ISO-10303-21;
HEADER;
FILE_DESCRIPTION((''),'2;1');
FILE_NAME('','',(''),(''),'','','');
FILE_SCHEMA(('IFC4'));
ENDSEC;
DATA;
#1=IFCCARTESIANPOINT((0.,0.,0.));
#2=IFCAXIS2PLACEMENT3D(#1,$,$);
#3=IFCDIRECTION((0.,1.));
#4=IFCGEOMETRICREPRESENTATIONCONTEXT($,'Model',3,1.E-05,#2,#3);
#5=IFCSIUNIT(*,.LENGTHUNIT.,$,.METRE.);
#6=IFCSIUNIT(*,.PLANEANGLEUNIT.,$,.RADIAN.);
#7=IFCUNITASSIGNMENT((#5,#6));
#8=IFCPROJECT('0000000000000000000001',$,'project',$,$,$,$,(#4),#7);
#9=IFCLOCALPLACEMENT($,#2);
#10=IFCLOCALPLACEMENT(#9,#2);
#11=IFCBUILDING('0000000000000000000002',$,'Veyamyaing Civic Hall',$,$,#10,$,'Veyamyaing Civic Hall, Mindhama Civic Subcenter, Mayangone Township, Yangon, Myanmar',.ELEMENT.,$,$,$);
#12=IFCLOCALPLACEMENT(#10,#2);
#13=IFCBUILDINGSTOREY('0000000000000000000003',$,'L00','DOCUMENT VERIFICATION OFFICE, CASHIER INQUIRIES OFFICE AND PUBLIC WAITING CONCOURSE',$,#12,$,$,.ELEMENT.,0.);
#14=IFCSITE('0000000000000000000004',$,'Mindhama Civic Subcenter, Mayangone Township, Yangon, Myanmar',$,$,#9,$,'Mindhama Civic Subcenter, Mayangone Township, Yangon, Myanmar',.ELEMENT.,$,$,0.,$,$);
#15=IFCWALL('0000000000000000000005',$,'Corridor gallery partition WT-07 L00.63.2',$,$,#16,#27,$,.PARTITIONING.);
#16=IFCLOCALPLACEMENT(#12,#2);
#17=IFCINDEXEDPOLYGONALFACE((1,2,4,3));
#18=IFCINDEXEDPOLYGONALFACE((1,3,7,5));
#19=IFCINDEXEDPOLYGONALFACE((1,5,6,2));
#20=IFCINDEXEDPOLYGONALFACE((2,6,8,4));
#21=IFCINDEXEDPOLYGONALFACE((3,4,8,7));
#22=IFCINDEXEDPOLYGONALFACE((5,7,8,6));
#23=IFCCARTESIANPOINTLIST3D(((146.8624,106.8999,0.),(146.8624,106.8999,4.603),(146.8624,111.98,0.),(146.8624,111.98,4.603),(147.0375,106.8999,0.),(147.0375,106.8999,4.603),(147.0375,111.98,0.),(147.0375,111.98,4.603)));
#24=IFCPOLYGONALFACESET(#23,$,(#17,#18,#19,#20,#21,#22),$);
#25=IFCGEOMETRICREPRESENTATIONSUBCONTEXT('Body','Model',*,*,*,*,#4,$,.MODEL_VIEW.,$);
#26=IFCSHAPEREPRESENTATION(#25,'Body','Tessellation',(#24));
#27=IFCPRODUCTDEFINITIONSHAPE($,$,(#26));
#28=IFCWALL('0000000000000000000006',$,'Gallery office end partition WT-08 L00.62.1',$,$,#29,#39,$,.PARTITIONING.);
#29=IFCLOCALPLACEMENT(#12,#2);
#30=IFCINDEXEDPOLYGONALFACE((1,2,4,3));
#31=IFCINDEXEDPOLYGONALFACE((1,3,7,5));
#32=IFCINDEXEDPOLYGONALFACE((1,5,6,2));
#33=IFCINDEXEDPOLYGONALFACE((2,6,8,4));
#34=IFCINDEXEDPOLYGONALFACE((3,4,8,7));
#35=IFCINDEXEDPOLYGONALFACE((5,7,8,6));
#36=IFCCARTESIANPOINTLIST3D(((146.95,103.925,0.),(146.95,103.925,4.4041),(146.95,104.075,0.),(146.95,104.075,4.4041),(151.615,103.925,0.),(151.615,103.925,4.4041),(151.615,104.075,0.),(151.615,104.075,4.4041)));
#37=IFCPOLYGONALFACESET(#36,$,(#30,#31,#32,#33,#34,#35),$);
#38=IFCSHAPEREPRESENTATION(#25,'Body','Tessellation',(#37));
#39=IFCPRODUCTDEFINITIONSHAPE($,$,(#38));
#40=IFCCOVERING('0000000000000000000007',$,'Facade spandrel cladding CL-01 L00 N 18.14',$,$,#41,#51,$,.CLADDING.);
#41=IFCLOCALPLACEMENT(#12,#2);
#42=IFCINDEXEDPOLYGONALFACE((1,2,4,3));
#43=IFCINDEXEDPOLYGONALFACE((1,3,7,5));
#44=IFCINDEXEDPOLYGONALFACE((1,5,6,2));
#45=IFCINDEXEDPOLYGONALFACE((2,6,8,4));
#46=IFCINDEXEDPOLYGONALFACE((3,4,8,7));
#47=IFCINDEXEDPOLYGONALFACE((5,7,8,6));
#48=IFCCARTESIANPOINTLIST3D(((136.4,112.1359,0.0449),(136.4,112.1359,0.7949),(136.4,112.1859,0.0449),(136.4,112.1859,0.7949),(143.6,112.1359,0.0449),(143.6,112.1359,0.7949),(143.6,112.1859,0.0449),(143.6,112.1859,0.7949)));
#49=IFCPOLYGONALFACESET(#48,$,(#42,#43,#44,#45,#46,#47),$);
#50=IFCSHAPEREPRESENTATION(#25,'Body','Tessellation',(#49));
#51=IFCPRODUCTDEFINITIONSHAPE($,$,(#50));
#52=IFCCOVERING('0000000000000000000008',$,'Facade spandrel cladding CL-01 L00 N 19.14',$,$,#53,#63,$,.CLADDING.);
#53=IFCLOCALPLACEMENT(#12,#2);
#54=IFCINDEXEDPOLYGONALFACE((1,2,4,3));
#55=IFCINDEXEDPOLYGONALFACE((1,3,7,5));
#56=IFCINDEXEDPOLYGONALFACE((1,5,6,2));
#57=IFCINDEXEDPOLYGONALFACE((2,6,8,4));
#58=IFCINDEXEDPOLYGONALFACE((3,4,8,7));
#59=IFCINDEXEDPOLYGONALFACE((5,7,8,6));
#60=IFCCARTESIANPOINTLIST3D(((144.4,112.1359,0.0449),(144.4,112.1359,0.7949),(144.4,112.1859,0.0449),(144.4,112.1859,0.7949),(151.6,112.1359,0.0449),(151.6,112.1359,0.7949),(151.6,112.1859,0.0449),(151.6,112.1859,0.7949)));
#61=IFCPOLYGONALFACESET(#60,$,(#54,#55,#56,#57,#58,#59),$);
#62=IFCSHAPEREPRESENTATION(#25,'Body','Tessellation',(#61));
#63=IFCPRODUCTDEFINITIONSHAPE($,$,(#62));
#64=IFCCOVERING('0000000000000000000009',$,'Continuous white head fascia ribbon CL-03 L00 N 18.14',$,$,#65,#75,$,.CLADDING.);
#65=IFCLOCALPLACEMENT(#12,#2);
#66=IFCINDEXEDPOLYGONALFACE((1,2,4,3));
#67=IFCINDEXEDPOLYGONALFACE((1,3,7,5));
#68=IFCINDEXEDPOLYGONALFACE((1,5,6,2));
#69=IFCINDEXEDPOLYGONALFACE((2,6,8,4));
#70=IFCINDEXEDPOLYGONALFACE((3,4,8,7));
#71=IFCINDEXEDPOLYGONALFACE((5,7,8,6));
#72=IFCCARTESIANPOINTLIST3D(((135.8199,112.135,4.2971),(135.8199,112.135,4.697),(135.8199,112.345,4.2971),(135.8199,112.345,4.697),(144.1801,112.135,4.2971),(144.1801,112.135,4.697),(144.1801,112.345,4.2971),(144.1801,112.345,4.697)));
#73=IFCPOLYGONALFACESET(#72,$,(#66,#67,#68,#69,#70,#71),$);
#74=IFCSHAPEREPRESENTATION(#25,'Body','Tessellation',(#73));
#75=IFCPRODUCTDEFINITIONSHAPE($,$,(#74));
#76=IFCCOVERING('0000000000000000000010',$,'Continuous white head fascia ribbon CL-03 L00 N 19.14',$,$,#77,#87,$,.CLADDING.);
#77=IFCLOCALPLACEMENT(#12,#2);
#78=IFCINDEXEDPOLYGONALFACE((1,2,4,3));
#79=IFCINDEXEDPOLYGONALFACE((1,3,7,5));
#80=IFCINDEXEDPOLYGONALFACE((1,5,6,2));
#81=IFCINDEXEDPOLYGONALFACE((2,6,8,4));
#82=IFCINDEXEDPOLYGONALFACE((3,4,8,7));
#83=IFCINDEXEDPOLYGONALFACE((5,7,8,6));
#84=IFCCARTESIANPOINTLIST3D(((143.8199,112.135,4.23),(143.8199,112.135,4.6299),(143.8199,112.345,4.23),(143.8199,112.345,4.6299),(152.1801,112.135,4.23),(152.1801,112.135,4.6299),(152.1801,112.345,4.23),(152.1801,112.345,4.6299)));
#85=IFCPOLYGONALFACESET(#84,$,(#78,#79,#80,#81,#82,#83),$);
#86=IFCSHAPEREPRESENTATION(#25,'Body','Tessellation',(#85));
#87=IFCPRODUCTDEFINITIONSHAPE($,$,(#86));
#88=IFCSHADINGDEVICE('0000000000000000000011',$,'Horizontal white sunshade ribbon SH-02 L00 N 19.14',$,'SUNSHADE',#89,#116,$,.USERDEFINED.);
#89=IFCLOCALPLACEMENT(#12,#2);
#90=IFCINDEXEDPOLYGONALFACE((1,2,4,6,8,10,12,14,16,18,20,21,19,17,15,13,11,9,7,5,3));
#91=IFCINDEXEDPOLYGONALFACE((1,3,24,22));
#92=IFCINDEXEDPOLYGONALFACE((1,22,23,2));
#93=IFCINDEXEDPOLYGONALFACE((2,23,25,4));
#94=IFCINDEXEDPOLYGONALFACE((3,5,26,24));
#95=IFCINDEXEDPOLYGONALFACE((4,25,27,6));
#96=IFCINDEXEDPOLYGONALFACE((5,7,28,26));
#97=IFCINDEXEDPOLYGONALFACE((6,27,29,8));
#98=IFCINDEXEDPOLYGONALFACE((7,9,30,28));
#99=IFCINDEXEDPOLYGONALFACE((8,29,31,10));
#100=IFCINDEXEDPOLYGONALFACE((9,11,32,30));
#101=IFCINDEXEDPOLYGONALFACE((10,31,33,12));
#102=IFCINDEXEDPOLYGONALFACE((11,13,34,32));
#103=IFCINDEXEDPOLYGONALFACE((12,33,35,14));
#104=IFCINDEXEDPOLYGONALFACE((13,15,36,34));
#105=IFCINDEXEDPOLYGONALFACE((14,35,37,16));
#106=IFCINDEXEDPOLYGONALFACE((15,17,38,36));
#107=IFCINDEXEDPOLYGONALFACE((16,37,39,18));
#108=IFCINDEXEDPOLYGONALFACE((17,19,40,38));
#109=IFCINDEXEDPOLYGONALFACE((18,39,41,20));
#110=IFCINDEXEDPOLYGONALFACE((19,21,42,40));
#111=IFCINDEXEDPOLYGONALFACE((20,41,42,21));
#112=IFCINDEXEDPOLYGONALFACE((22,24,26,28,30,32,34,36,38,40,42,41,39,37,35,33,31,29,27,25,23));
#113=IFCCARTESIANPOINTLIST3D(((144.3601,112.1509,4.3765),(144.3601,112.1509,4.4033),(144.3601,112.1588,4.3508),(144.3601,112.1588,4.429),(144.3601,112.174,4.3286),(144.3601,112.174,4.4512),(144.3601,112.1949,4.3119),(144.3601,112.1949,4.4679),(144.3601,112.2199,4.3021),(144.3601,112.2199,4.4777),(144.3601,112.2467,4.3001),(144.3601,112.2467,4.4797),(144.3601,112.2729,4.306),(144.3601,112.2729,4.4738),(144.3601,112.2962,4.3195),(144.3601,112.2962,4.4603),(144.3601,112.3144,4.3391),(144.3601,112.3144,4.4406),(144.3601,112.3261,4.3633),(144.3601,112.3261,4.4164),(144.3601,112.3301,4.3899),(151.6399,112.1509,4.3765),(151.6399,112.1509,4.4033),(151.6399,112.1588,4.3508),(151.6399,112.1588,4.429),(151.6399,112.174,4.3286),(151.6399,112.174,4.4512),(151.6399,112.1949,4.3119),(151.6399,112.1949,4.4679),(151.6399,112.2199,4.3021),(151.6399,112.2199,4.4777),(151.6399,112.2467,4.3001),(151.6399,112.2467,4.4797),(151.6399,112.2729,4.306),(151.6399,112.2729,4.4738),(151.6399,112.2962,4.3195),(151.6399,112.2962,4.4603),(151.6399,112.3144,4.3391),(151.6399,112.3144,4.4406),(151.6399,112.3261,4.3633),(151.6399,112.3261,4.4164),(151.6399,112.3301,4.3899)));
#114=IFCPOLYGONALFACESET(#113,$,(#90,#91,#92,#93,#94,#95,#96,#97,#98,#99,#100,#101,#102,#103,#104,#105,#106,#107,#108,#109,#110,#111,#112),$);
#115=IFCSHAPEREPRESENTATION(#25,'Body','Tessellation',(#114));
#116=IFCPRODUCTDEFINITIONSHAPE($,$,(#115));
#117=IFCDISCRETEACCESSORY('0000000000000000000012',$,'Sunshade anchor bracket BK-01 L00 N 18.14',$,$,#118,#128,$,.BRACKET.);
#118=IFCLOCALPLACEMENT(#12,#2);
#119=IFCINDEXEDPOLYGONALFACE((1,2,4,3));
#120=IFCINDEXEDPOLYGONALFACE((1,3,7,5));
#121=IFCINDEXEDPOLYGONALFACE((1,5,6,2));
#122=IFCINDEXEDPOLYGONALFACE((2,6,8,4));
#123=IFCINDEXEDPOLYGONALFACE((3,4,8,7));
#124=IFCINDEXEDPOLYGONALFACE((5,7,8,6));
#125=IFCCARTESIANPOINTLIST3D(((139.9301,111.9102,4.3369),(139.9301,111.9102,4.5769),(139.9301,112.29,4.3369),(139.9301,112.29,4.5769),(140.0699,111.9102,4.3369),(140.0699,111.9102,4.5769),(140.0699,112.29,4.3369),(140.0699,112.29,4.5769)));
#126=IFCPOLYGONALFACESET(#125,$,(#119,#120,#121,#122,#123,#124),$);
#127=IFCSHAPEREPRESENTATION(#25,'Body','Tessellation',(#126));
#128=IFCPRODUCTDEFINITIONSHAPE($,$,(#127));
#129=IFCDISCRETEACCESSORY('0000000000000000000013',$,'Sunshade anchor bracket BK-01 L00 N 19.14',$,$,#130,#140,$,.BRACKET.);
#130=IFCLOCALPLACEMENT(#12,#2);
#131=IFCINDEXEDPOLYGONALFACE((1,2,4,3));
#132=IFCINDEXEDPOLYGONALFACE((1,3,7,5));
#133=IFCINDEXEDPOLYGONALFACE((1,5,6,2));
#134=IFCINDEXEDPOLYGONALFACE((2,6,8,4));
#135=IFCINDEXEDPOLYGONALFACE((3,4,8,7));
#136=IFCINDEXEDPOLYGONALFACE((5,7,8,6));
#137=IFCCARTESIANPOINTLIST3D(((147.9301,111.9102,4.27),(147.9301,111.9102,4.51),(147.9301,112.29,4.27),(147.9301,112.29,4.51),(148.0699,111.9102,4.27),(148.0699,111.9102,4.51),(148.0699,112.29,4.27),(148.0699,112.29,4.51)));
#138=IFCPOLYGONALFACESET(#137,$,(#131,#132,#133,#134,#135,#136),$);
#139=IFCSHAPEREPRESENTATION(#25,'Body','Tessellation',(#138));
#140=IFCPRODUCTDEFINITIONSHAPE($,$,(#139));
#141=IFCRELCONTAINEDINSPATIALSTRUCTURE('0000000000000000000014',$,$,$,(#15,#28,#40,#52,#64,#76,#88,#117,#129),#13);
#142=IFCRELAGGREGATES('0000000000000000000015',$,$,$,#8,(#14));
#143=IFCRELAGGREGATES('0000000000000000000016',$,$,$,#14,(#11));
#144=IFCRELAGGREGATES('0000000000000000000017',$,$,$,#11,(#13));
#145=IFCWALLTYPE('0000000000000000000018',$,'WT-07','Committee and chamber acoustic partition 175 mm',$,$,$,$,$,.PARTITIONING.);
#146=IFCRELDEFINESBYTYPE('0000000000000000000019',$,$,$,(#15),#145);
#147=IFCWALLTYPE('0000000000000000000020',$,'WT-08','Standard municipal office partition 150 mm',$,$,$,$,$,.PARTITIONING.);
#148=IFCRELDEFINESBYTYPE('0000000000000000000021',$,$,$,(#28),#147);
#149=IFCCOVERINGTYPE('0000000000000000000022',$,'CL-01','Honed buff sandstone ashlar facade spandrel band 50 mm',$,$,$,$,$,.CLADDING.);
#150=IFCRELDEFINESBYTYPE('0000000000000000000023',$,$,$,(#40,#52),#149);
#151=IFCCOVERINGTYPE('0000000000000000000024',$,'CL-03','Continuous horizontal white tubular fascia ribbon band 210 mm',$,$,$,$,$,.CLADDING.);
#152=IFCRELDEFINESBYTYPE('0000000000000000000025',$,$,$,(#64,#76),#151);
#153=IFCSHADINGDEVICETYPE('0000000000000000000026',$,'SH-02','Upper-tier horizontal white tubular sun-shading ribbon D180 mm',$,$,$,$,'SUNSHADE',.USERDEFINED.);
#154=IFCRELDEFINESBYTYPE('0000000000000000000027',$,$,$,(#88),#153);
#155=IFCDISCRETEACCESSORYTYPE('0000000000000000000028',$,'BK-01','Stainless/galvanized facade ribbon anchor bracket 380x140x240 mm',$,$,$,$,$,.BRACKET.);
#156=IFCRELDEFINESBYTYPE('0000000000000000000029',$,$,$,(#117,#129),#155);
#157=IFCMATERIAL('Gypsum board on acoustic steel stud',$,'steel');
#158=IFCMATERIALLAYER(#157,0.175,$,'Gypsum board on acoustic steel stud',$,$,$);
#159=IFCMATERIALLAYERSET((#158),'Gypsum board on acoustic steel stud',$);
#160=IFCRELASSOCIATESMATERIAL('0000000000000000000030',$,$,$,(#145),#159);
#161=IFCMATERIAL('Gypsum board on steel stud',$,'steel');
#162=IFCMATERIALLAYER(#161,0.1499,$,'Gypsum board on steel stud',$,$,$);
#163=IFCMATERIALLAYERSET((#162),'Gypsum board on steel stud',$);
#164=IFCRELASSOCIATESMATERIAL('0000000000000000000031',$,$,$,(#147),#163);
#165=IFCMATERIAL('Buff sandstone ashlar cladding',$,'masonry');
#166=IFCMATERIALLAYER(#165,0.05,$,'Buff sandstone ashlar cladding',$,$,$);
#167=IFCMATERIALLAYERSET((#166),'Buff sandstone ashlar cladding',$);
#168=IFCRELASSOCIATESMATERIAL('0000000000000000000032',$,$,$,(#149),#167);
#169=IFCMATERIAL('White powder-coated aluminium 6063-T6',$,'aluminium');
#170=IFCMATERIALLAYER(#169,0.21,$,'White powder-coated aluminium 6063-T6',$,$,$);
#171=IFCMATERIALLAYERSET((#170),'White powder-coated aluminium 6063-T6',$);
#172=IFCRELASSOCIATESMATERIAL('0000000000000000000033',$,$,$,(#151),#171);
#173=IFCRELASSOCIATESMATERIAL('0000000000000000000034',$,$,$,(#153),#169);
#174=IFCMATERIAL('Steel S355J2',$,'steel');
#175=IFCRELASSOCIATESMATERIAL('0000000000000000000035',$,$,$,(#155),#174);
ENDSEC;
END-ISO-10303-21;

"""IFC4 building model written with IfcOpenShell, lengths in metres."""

from ifc_helpers import new_model, si_unit, direction, frame, frame_2d, origin, origin_2d, place, context, subcontext, project, spatial, rectangle, circle, extrude, material, layer, layer_set, material_profile, profile_set, type_object, element, save


model = new_model("IFC4")

# Units and contexts
model_context = context("Model", 3, precision=1e-05, world=origin(), true_north=direction((0.0, 1.0)))
body_context = subcontext(model_context, "Body", "Model", "MODEL_VIEW")
ifc_project = project(units=[si_unit("LENGTHUNIT", "METRE"), si_unit("PLANEANGLEUNIT", "RADIAN")], contexts=[model_context])

# Site, building, storey
site_placement = place(None, origin())
site = spatial("IfcSite", under=ifc_project, at=site_placement, Name="Mindhama Civic Subcenter, Mayangone Township, Yangon, Myanmar", LongName="Mindhama Civic Subcenter, Mayangone Township, Yangon, Myanmar", CompositionType="ELEMENT", RefElevation=0.0)
building_placement = place(site_placement, origin())
building = spatial("IfcBuilding", under=site, at=building_placement, Name="Veyamyaing Civic Hall", LongName="Veyamyaing Civic Hall, Mindhama Civic Subcenter, Mayangone Township, Yangon, Myanmar", CompositionType="ELEMENT")
storey_placement = place(building_placement, origin())
storey = spatial("IfcBuildingStorey", under=building, at=storey_placement, Name="L00", Description="DOCUMENT VERIFICATION OFFICE, CASHIER INQUIRIES OFFICE AND PUBLIC WAITING CONCOURSE", CompositionType="ELEMENT", Elevation=0.0)

# Shared definitions
ifc_material_1 = material(Name="Gypsum board on acoustic steel stud", Category="steel")
ifc_layer_1 = layer(ifc_material_1, 0.175, Name="Gypsum board on acoustic steel stud")
ifc_layer_set_1 = layer_set([ifc_layer_1], Name="Gypsum board on acoustic steel stud")
wall_type_1 = type_object("IfcWallType", Name="WT-07", Description="Committee and chamber acoustic partition 175 mm", PredefinedType="PARTITIONING", material=ifc_layer_set_1)

# Walls
wall_1_placement = place(storey_placement, frame((146.95, 106.8999, 0.0), z_axis=(0.0, 0.0, 1.0), x_axis=(0.0, 1.0, 0.0)))
element("IfcWall", 1, at=wall_1_placement, inside=storey, type_object=wall_type_1, Name="Corridor gallery partition WT-07 L00.63.2", PredefinedType="PARTITIONING", context=body_context, shape_type="SweptSolid", body=[
    extrude(rectangle(XDim=5.0801, YDim=0.175, at=frame_2d((2.54, 0.0))), origin(), (0.0, 0.0, 1.0), 4.603),
])
ifc_material_2 = material(Name="Gypsum board on steel stud", Category="steel")
ifc_layer_2 = layer(ifc_material_2, 0.1499, Name="Gypsum board on steel stud")
ifc_layer_set_2 = layer_set([ifc_layer_2], Name="Gypsum board on steel stud")
wall_type_2 = type_object("IfcWallType", Name="WT-08", Description="Standard municipal office partition 150 mm", PredefinedType="PARTITIONING", material=ifc_layer_set_2)
wall_2_placement = place(storey_placement, frame((146.95, 104.0, 0.0), z_axis=(0.0, 0.0, 1.0), x_axis=(1.0, 0.0, 0.0)))
element("IfcWall", 2, at=wall_2_placement, inside=storey, type_object=wall_type_2, Name="Gallery office end partition WT-08 L00.62.1", PredefinedType="PARTITIONING", context=body_context, shape_type="SweptSolid", body=[
    extrude(rectangle(XDim=4.665, YDim=0.1499, at=frame_2d((2.3325, 0.0))), origin(), (0.0, 0.0, 1.0), 4.4041),
])

# Coverings
ifc_material_3 = material(Name="Buff sandstone ashlar cladding", Category="masonry")
ifc_layer_3 = layer(ifc_material_3, 0.05, Name="Buff sandstone ashlar cladding")
ifc_layer_set_3 = layer_set([ifc_layer_3], Name="Buff sandstone ashlar cladding")
covering_type_1 = type_object("IfcCoveringType", Name="CL-01", Description="Honed buff sandstone ashlar facade spandrel band 50 mm", PredefinedType="CLADDING", material=ifc_layer_set_3)
for number, where, z_axis, x_axis, name in (
    (3, (140.0, 112.1609, 0.0449), (0.0, 0.0, 1.0), (1.0, 0.0, 0.0), "Facade spandrel cladding CL-01 L00 N 18.14"),
    (4, (148.0, 112.1609, 0.0449), (0.0, 0.0, 1.0), (1.0, 0.0, 0.0), "Facade spandrel cladding CL-01 L00 N 19.14"),
):
    element("IfcCovering", number, at=place(storey_placement, frame(where, z_axis=z_axis, x_axis=x_axis)), inside=storey, type_object=covering_type_1, Name=name, PredefinedType="CLADDING", context=body_context, shape_type="SweptSolid", body=[
        extrude(rectangle(XDim=7.2, YDim=0.05, at=origin_2d()), origin(), (0.0, 0.0, 1.0), 0.75),
    ])
ifc_material_4 = material(Name="White powder-coated aluminium 6063-T6", Category="aluminium")
ifc_layer_4 = layer(ifc_material_4, 0.21, Name="White powder-coated aluminium 6063-T6")
ifc_layer_set_4 = layer_set([ifc_layer_4], Name="White powder-coated aluminium 6063-T6")
covering_type_2 = type_object("IfcCoveringType", Name="CL-03", Description="Continuous horizontal white tubular fascia ribbon band 210 mm", PredefinedType="CLADDING", material=ifc_layer_set_4)
for number, where, z_axis, x_axis, name in (
    (5, (140.0, 112.24, 4.2971), (0.0, 0.0, 1.0), (1.0, 0.0, 0.0), "Continuous white head fascia ribbon CL-03 L00 N 18.14"),
    (6, (148.0, 112.24, 4.23), (0.0, 0.0, 1.0), (1.0, 0.0, 0.0), "Continuous white head fascia ribbon CL-03 L00 N 19.14"),
):
    element("IfcCovering", number, at=place(storey_placement, frame(where, z_axis=z_axis, x_axis=x_axis)), inside=storey, type_object=covering_type_2, Name=name, PredefinedType="CLADDING", context=body_context, shape_type="SweptSolid", body=[
        extrude(rectangle(XDim=8.3601, YDim=0.21, at=origin_2d()), origin(), (0.0, 0.0, 1.0), 0.3999),
    ])

# Shading device
ifc_material_profile_1 = material_profile(ifc_material_4, circle(Radius=0.0901, at=origin_2d()), Name="SHADE-TUBE-180")
ifc_profile_set_1 = profile_set([ifc_material_profile_1], Name="White powder-coated aluminium 6063-T6")
shading_device_type = type_object("IfcShadingDeviceType", Name="SH-02", Description="Upper-tier horizontal white tubular sun-shading ribbon D180 mm", ElementType="SUNSHADE", PredefinedType="USERDEFINED", material=ifc_profile_set_1)
shading_device_placement = place(storey_placement, frame((144.3601, 112.24, 4.3899), z_axis=(1.0, 0.0, 0.0), x_axis=(0.0, 1.0, 0.0)))
element("IfcShadingDevice", 7, at=shading_device_placement, inside=storey, type_object=shading_device_type, Name="Horizontal white sunshade ribbon SH-02 L00 N 19.14", ObjectType="SUNSHADE", PredefinedType="USERDEFINED", context=body_context, shape_type="SweptSolid", body=[
    extrude(circle(Radius=0.0901, at=origin_2d()), origin(), (0.0, 0.0, 1.0), 7.2798),
])

# Discrete accessories
ifc_material_5 = material(Name="Steel S355J2", Category="steel")
discrete_accessory_type = type_object("IfcDiscreteAccessoryType", Name="BK-01", Description="Stainless/galvanized facade ribbon anchor bracket 380x140x240 mm", PredefinedType="BRACKET", material=ifc_material_5)
for number, where, z_axis, x_axis, name in (
    (8, (140.0, 112.1001, 4.3369), (0.0, 0.0, 1.0), (0.0, 1.0, 0.0), "Sunshade anchor bracket BK-01 L00 N 18.14"),
    (9, (148.0, 112.1001, 4.27), (0.0, 0.0, 1.0), (0.0, 1.0, 0.0), "Sunshade anchor bracket BK-01 L00 N 19.14"),
):
    element("IfcDiscreteAccessory", number, at=place(storey_placement, frame(where, z_axis=z_axis, x_axis=x_axis)), inside=storey, type_object=discrete_accessory_type, Name=name, PredefinedType="BRACKET", context=body_context, shape_type="SweptSolid", body=[
        extrude(rectangle(XDim=0.3799, YDim=0.1399, at=origin_2d()), origin(), (0.0, 0.0, 1.0), 0.24),
    ])

save(model, "model.ifc")
